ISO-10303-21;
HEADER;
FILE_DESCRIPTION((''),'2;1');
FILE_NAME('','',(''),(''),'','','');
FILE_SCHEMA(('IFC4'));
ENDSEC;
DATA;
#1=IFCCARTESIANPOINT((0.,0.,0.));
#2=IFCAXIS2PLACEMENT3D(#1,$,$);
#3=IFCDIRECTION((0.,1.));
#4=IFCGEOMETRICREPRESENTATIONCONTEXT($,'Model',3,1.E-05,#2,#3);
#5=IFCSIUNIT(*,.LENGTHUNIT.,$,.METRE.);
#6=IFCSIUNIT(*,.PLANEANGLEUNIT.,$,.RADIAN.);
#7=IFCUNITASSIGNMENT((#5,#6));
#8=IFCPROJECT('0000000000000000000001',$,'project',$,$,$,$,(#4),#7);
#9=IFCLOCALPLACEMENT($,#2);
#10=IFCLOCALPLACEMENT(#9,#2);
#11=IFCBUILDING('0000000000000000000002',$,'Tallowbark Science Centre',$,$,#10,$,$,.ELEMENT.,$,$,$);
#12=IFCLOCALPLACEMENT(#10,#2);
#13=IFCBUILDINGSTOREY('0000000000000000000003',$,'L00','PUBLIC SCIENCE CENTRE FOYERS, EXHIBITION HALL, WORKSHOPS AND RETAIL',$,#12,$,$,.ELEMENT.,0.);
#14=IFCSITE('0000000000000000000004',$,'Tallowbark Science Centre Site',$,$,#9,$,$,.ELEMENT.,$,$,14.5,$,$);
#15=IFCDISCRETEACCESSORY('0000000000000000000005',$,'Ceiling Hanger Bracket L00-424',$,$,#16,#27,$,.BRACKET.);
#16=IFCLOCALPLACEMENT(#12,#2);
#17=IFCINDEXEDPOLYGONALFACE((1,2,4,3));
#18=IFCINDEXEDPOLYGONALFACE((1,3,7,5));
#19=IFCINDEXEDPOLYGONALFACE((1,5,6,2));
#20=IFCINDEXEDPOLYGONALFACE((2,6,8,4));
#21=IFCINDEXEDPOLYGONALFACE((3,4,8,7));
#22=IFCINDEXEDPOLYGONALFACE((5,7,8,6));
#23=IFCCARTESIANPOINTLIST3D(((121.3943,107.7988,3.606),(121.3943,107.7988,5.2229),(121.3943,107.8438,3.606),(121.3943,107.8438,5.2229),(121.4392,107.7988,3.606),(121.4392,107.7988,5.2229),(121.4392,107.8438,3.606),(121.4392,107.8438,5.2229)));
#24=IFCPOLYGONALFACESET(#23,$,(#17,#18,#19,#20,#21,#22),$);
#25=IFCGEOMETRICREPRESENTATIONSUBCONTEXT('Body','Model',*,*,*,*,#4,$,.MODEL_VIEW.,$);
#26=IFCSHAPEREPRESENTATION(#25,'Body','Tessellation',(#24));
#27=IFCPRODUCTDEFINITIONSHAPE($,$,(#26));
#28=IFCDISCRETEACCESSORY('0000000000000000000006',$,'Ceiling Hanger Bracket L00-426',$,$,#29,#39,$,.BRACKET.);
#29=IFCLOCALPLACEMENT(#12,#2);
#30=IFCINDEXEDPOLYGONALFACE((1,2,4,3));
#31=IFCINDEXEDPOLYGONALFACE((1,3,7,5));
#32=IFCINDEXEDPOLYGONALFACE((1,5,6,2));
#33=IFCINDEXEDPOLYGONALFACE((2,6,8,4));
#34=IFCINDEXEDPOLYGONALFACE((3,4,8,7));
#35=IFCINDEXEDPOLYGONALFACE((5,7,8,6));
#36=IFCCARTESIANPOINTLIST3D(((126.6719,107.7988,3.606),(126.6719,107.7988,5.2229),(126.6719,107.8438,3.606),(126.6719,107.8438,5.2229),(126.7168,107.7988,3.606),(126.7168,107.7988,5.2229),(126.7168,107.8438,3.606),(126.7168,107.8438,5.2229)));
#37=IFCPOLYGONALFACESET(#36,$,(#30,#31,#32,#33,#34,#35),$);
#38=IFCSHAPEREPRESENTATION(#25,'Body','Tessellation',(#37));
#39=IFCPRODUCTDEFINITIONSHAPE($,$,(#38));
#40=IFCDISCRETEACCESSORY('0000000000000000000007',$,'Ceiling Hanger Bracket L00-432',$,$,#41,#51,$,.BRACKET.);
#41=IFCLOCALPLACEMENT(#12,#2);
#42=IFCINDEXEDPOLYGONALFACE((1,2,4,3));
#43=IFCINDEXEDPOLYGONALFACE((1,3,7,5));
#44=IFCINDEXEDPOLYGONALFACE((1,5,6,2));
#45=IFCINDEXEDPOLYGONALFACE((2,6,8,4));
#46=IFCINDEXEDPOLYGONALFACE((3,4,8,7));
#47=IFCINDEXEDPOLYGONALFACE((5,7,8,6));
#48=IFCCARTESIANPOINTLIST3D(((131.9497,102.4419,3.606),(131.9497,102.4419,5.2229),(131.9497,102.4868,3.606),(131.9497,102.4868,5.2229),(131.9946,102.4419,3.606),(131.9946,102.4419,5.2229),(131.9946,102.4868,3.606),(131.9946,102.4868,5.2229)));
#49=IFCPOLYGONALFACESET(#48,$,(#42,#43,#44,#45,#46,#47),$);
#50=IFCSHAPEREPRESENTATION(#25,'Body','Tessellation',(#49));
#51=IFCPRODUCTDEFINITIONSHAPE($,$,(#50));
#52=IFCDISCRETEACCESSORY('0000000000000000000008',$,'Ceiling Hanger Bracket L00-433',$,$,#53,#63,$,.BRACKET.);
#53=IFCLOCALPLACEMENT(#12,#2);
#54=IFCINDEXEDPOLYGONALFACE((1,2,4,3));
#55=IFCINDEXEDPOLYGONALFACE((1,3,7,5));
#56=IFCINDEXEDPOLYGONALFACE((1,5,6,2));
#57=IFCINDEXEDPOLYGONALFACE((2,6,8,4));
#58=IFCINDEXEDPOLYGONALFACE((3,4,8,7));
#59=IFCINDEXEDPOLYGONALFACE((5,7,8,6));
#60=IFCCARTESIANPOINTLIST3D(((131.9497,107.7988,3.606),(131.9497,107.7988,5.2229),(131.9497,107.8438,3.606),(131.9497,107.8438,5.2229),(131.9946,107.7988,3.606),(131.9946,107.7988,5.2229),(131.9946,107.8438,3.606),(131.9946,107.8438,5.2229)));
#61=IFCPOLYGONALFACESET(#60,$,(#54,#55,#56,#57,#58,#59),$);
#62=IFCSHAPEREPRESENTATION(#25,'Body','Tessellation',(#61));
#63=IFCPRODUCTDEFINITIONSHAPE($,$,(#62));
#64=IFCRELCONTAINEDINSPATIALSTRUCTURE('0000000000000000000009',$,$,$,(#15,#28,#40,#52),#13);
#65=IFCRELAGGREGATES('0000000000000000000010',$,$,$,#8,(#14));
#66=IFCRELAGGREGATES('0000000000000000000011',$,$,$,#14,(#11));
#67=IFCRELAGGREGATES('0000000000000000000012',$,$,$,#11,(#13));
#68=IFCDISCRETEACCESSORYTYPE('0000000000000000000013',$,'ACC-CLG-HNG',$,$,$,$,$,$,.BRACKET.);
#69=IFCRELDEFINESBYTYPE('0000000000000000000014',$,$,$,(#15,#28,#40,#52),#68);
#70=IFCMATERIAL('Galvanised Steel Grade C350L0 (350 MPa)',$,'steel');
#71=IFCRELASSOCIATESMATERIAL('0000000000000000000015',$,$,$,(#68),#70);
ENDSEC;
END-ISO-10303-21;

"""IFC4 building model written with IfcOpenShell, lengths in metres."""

from ifc_helpers import new_model, si_unit, direction, frame, origin, origin_2d, place, context, subcontext, project, spatial, rectangle, extrude, material, type_object, element, save


model = new_model("IFC4")

# Units and contexts
model_context = context("Model", 3, precision=1e-05, world=origin(), true_north=direction((0.0, 1.0)))
body_context = subcontext(model_context, "Body", "Model", "MODEL_VIEW")
ifc_project = project(units=[si_unit("LENGTHUNIT", "METRE"), si_unit("PLANEANGLEUNIT", "RADIAN")], contexts=[model_context])

# Site, building, storey
site_placement = place(None, origin())
site = spatial("IfcSite", under=ifc_project, at=site_placement, Name="Tallowbark Science Centre Site", CompositionType="ELEMENT", RefElevation=14.5)
building_placement = place(site_placement, origin())
building = spatial("IfcBuilding", under=site, at=building_placement, Name="Tallowbark Science Centre", CompositionType="ELEMENT")
storey_placement = place(building_placement, origin())
storey = spatial("IfcBuildingStorey", under=building, at=storey_placement, Name="L00", Description="PUBLIC SCIENCE CENTRE FOYERS, EXHIBITION HALL, WORKSHOPS AND RETAIL", CompositionType="ELEMENT", Elevation=0.0)

# Discrete accessories
ifc_material_1 = material(Name="Galvanised Steel Grade C350L0 (350 MPa)", Category="steel")
discrete_accessory_type = type_object("IfcDiscreteAccessoryType", Name="ACC-CLG-HNG", PredefinedType="BRACKET", material=ifc_material_1)
for number, where, z_axis, x_axis, name in (
    (1, (121.4167, 107.8213, 3.606), (0.0, 0.0, 1.0), (1.0, 0.0, 0.0), "Ceiling Hanger Bracket L00-424"),
    (2, (126.6943, 107.8213, 3.606), (0.0, 0.0, 1.0), (1.0, 0.0, 0.0), "Ceiling Hanger Bracket L00-426"),
    (3, (131.9722, 102.4644, 3.606), (0.0, 0.0, 1.0), (1.0, 0.0, 0.0), "Ceiling Hanger Bracket L00-432"),
    (4, (131.9722, 107.8213, 3.606), (0.0, 0.0, 1.0), (1.0, 0.0, 0.0), "Ceiling Hanger Bracket L00-433"),
):
    element("IfcDiscreteAccessory", number, at=place(storey_placement, frame(where, z_axis=z_axis, x_axis=x_axis)), inside=storey, type_object=discrete_accessory_type, Name=name, PredefinedType="BRACKET", context=body_context, shape_type="SweptSolid", body=[
        extrude(rectangle(XDim=0.0449, YDim=0.0449, at=origin_2d()), origin(), (0.0, 0.0, 1.0), 1.6169),
    ])

save(model, "model.ifc")
